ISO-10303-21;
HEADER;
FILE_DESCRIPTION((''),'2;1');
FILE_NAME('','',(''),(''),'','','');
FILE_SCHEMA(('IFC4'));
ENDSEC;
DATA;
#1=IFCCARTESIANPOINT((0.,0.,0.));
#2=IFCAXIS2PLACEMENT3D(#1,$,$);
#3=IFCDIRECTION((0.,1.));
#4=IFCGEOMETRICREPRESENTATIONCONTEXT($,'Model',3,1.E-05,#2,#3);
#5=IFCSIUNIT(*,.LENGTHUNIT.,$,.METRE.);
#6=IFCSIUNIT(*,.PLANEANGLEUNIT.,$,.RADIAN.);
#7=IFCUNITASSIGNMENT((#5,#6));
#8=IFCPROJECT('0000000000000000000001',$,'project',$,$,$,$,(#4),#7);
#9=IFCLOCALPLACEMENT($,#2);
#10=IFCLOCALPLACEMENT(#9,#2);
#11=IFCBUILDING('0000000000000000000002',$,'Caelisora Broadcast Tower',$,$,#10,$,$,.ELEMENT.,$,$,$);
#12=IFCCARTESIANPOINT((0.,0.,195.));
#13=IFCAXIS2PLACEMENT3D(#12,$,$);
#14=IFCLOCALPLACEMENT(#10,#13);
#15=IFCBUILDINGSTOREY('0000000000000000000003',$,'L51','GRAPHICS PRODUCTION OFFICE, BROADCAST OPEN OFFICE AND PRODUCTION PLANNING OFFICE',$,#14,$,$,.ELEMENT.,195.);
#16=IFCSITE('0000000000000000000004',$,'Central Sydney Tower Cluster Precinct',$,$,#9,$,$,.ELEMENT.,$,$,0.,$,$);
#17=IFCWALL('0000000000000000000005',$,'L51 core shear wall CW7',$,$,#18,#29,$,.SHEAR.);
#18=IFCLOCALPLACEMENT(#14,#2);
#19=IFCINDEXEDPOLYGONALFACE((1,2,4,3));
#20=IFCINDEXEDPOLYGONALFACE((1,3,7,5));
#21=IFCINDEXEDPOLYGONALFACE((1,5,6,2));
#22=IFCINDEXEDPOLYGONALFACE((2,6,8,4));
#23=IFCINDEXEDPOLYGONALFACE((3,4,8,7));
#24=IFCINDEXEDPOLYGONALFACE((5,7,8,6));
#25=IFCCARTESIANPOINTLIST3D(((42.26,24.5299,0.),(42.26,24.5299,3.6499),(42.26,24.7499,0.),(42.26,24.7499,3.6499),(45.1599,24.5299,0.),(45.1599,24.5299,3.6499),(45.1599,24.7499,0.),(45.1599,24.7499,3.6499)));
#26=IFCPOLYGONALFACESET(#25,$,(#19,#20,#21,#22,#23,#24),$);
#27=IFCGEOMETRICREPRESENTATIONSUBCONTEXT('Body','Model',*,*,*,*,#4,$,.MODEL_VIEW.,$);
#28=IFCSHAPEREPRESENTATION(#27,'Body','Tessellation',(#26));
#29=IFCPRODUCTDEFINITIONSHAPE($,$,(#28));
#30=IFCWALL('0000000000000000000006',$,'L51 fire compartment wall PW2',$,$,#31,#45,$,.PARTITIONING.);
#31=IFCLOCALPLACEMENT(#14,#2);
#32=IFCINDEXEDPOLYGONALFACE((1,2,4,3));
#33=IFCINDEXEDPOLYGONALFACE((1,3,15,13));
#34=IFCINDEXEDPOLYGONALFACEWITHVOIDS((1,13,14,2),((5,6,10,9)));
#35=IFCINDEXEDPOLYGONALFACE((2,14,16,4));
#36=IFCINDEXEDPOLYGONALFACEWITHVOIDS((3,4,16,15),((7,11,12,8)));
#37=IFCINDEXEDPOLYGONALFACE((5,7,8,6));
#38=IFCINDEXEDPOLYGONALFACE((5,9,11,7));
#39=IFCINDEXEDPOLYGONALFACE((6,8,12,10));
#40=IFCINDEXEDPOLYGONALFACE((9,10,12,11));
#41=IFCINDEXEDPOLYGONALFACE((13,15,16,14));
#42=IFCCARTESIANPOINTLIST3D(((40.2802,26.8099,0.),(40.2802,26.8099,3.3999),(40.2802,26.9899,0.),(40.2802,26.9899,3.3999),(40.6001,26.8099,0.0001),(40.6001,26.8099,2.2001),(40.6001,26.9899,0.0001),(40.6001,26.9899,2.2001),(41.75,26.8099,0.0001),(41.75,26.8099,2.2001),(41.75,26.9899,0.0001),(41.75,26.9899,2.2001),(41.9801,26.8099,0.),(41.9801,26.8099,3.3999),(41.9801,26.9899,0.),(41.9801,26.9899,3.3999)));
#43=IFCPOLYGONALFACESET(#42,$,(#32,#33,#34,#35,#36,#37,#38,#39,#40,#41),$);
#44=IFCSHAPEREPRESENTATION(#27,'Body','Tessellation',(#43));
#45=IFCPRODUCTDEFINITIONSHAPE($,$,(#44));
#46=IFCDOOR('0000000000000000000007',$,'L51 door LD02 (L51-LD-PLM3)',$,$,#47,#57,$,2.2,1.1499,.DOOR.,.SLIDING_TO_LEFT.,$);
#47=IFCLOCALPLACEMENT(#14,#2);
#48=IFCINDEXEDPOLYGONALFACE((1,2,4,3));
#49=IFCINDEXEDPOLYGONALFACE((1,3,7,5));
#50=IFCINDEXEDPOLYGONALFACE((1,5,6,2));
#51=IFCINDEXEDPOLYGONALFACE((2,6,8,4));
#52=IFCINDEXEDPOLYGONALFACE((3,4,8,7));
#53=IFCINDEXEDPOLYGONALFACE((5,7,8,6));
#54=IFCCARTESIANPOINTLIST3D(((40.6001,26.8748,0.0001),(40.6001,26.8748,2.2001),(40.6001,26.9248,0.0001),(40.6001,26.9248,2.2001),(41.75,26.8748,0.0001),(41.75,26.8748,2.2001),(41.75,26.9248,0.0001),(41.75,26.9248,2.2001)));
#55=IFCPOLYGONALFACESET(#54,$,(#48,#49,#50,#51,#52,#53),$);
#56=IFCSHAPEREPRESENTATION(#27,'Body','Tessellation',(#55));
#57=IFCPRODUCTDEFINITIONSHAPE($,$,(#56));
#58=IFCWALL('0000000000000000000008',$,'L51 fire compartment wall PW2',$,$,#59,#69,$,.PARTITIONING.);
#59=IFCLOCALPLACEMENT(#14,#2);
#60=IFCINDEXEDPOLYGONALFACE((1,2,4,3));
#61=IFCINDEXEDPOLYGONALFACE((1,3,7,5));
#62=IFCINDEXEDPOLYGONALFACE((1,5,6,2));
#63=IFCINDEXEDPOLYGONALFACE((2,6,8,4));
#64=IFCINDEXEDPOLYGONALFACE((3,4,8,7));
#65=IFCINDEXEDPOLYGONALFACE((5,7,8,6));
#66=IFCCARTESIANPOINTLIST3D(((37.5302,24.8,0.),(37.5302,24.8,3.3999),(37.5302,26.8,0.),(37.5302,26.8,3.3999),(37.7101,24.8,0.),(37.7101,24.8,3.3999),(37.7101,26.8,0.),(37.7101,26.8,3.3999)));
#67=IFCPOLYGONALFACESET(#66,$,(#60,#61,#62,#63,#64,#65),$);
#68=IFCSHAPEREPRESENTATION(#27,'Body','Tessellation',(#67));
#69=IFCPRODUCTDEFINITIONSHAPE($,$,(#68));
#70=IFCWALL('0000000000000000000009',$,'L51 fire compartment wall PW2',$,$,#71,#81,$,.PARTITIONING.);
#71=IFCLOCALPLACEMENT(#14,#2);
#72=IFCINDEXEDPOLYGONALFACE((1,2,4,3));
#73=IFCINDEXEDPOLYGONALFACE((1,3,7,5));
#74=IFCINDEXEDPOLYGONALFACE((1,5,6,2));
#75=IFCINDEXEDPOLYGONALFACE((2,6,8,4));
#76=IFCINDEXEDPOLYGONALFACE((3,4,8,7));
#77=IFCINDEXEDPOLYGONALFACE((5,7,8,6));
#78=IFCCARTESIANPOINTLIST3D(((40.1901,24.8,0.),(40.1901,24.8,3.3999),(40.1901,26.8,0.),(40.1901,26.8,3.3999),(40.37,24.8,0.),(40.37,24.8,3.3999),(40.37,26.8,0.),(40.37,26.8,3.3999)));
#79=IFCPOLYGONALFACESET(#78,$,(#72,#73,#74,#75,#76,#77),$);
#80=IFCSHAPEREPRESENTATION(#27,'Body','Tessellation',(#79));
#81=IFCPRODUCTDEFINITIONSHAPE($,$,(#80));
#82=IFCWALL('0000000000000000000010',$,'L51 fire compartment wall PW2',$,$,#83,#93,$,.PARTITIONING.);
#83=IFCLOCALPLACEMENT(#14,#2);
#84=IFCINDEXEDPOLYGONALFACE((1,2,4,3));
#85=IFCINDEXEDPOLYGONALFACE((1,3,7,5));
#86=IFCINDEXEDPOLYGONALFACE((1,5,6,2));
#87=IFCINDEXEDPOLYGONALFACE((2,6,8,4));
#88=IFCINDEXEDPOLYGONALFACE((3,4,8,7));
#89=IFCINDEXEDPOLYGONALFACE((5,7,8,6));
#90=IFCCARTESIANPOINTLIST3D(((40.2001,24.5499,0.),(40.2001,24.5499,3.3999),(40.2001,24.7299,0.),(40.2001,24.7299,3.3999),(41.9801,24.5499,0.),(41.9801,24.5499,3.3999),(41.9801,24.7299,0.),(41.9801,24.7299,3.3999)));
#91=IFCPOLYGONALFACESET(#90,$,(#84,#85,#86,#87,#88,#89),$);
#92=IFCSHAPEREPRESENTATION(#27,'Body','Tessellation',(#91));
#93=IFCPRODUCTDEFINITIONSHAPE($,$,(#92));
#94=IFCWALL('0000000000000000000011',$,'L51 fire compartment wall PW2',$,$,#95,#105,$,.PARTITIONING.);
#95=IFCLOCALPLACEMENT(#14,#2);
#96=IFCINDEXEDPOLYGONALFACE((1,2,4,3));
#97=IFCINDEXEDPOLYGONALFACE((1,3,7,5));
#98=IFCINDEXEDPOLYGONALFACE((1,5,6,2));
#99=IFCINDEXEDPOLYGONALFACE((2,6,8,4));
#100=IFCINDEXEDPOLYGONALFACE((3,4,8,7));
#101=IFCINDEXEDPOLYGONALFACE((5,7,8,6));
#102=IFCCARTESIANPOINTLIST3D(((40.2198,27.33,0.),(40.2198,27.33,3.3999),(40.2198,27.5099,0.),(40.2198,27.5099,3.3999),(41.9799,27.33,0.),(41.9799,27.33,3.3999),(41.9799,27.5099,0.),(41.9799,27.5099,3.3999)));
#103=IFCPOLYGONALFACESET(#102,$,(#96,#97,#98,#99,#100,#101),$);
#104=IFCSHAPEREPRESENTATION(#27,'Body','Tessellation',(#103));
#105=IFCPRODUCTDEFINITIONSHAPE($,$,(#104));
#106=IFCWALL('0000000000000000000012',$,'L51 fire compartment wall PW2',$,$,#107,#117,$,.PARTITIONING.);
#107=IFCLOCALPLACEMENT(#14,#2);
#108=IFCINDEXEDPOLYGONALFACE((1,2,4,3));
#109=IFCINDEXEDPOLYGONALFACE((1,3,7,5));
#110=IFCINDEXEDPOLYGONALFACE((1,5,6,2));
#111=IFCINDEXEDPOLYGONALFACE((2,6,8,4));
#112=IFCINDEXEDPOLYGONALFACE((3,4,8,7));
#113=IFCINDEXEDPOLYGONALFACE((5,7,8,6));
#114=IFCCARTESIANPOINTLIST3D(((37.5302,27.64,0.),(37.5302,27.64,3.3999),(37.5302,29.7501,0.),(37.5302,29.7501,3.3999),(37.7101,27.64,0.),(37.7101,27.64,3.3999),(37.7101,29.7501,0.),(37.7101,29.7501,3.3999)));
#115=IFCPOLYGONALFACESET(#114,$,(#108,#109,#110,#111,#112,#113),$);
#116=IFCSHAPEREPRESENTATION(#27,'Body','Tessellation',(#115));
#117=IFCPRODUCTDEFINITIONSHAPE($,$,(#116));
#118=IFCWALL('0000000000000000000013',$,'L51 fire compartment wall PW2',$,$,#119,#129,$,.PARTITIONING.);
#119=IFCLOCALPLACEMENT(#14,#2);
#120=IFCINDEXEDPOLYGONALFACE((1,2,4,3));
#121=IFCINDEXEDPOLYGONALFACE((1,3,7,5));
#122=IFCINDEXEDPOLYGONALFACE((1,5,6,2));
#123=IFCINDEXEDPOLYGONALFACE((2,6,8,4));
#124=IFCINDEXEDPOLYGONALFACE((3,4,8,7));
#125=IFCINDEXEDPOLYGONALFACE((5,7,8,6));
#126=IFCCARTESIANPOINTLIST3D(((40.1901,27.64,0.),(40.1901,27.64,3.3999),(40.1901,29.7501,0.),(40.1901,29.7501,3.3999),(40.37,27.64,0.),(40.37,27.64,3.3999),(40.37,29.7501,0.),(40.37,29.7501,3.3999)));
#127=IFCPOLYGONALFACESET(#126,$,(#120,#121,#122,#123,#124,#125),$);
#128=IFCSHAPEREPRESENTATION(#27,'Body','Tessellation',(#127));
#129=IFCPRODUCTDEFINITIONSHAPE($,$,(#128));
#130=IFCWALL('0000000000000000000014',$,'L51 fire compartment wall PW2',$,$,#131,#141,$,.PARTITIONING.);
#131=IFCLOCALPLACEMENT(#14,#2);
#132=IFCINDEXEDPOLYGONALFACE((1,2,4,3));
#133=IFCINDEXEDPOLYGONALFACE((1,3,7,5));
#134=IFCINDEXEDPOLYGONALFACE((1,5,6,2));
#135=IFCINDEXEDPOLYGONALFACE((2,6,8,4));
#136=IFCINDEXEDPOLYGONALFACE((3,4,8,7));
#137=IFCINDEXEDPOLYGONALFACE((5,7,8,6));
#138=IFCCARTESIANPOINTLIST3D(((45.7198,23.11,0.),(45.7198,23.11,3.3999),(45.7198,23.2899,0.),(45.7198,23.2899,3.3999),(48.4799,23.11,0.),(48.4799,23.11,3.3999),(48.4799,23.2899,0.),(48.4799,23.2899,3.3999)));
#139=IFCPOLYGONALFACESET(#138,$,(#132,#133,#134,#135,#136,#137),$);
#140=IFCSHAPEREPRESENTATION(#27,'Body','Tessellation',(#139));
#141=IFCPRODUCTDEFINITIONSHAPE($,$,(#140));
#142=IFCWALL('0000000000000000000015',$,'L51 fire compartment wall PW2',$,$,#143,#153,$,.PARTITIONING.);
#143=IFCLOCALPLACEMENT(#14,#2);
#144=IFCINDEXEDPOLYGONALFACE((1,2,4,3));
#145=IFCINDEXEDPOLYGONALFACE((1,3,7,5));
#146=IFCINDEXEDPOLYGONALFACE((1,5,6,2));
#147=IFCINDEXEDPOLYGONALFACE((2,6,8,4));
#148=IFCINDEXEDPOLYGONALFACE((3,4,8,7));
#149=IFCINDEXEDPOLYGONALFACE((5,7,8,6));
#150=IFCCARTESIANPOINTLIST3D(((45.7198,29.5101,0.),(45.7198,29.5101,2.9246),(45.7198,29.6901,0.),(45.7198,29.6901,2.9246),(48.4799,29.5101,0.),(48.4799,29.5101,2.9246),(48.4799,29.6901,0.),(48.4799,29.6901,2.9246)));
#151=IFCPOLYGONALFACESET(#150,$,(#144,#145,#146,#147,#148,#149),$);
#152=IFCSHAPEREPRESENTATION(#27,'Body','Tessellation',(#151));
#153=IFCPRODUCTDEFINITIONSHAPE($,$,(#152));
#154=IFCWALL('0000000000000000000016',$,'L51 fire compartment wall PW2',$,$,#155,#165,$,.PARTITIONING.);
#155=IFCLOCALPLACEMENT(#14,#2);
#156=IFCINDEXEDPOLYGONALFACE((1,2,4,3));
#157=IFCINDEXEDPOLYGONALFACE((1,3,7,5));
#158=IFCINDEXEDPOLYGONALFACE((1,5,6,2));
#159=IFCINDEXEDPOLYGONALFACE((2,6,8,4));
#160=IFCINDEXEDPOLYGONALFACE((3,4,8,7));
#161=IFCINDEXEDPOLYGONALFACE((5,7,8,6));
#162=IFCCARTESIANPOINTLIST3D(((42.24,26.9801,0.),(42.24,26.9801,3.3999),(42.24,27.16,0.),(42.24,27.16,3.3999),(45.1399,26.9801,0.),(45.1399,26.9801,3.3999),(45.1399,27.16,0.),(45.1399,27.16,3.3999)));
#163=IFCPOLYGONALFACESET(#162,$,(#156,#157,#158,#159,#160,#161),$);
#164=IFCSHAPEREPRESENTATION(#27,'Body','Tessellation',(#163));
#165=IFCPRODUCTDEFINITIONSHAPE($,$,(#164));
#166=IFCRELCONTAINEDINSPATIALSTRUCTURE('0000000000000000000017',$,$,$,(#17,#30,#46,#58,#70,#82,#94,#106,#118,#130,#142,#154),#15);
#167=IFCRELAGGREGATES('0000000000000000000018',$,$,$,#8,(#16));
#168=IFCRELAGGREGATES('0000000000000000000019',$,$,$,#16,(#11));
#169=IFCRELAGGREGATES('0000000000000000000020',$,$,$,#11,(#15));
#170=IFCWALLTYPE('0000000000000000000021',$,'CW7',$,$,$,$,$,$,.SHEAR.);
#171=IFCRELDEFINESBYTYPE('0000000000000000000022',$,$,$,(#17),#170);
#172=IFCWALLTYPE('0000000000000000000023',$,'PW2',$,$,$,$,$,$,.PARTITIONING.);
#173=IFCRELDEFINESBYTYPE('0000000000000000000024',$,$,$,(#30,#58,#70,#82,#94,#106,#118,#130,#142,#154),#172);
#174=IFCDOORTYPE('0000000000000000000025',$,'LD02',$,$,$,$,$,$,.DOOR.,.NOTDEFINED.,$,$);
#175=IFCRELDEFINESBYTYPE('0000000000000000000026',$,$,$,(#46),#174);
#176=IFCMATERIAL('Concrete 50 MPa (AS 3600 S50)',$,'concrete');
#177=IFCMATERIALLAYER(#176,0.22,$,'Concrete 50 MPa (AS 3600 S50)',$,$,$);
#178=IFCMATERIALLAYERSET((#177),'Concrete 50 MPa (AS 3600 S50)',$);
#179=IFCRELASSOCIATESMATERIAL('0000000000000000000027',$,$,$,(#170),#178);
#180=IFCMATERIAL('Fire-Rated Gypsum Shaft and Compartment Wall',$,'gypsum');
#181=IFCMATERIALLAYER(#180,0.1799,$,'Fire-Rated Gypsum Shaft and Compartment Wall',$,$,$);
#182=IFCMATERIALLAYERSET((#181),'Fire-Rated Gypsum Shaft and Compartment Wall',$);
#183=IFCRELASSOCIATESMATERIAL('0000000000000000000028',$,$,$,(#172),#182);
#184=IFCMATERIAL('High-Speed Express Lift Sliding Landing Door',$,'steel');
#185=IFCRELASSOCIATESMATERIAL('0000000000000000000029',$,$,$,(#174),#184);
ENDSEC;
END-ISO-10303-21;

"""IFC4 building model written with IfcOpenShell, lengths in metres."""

from ifc_helpers import new_model, si_unit, direction, frame, frame_2d, origin, place, context, subcontext, project, spatial, rectangle, extrude, material, layer, layer_set, type_object, element, fill, save


model = new_model("IFC4")

# Units and contexts
model_context = context("Model", 3, precision=1e-05, world=origin(), true_north=direction((0.0, 1.0)))
body_context = subcontext(model_context, "Body", "Model", "MODEL_VIEW")
ifc_project = project(units=[si_unit("LENGTHUNIT", "METRE"), si_unit("PLANEANGLEUNIT", "RADIAN")], contexts=[model_context])

# Site, building, storey
site_placement = place(None, origin())
site = spatial("IfcSite", under=ifc_project, at=site_placement, Name="Central Sydney Tower Cluster Precinct", CompositionType="ELEMENT", RefElevation=0.0)
building_placement = place(site_placement, origin())
building = spatial("IfcBuilding", under=site, at=building_placement, Name="Caelisora Broadcast Tower", CompositionType="ELEMENT")
storey_placement = place(building_placement, frame((0.0, 0.0, 195.0)))
storey = spatial("IfcBuildingStorey", under=building, at=storey_placement, Name="L51", Description="GRAPHICS PRODUCTION OFFICE, BROADCAST OPEN OFFICE AND PRODUCTION PLANNING OFFICE", CompositionType="ELEMENT", Elevation=195.0)

# Shared definitions
ifc_material_1 = material(Name="Concrete 50 MPa (AS 3600 S50)", Category="concrete")

# Wall
ifc_layer_1 = layer(ifc_material_1, 0.22, Name="Concrete 50 MPa (AS 3600 S50)")
ifc_layer_set_1 = layer_set([ifc_layer_1], Name="Concrete 50 MPa (AS 3600 S50)")
wall_type_1 = type_object("IfcWallType", Name="CW7", PredefinedType="SHEAR", material=ifc_layer_set_1)
wall_1_placement = place(storey_placement, frame((42.26, 24.6399, 0.0), z_axis=(0.0, 0.0, 1.0), x_axis=(1.0, 0.0, 0.0)))
element("IfcWall", 1, at=wall_1_placement, inside=storey, type_object=wall_type_1, Name="L51 core shear wall CW7", PredefinedType="SHEAR", context=body_context, shape_type="SweptSolid", body=[
    extrude(rectangle(XDim=2.8999, YDim=0.22, at=frame_2d((1.45, 0.0))), origin(), (0.0, 0.0, 1.0), 3.6499),
])

# Wall, opening, door
ifc_material_2 = material(Name="Fire-Rated Gypsum Shaft and Compartment Wall", Category="gypsum")
ifc_layer_2 = layer(ifc_material_2, 0.1799, Name="Fire-Rated Gypsum Shaft and Compartment Wall")
ifc_layer_set_2 = layer_set([ifc_layer_2], Name="Fire-Rated Gypsum Shaft and Compartment Wall")
wall_type_2 = type_object("IfcWallType", Name="PW2", PredefinedType="PARTITIONING", material=ifc_layer_set_2)
wall_2_placement = place(storey_placement, frame((40.28, 26.8999, 0.0), z_axis=(0.0, 0.0, 1.0), x_axis=(1.0, 0.0, 0.0)))
wall_2 = element("IfcWall", 2, at=wall_2_placement, inside=storey, type_object=wall_type_2, Name="L51 fire compartment wall PW2", PredefinedType="PARTITIONING", context=body_context, shape_type="SweptSolid", body=[
    extrude(rectangle(XDim=1.7, YDim=0.1799, at=frame_2d((0.8501, 0.0))), origin(), (0.0, 0.0, 1.0), 3.3999),
])
opening_1_placement = place(wall_2_placement, frame((0.3201, 0.0, 0.0)))
opening_1 = element("IfcOpeningElement", 3, at=opening_1_placement, cuts=wall_2, PredefinedType="OPENING", context=body_context, shape_type="SweptSolid", body=[
    extrude(rectangle(XDim=1.1499, YDim=2.2, at=frame_2d((0.575, 1.1001))), frame((0.0, 0.1021, 0.0), z_axis=(0.0, -1.0, 0.0), x_axis=(1.0, 0.0, 0.0)), (0.0, 0.0, 1.0), 0.2039),
])
ifc_material_3 = material(Name="High-Speed Express Lift Sliding Landing Door", Category="steel")
door_type_1 = type_object("IfcDoorType", Name="LD02", OperationType="NOTDEFINED", PredefinedType="DOOR", material=ifc_material_3)
door_1_placement = place(opening_1_placement, origin())
door_1 = element("IfcDoor", 4, at=door_1_placement, inside=storey, type_object=door_type_1, Name="L51 door LD02 (L51-LD-PLM3)", OperationType="SLIDING_TO_LEFT", OverallHeight=2.2, OverallWidth=1.1499, PredefinedType="DOOR", context=body_context, shape_type="SweptSolid", body=[
    extrude(rectangle(XDim=1.1499, YDim=2.2, at=frame_2d((0.575, 1.1001))), frame((0.0, 0.0249, 0.0), z_axis=(0.0, -1.0, 0.0), x_axis=(1.0, 0.0, 0.0)), (0.0, 0.0, 1.0), 0.05),
])
fill(opening_1, door_1)

# Walls
for number, where, z_axis, x_axis, name in (
    (5, (37.6201, 24.8, 0.0), (0.0, 0.0, 1.0), (0.0, 1.0, 0.0), "L51 fire compartment wall PW2"),
    (6, (40.28, 24.8, 0.0), (0.0, 0.0, 1.0), (0.0, 1.0, 0.0), "L51 fire compartment wall PW2"),
):
    element("IfcWall", number, at=place(storey_placement, frame(where, z_axis=z_axis, x_axis=x_axis)), inside=storey, type_object=wall_type_2, Name=name, PredefinedType="PARTITIONING", context=body_context, shape_type="SweptSolid", body=[
        extrude(rectangle(XDim=2.0, YDim=0.1799, at=frame_2d((1.0, 0.0))), origin(), (0.0, 0.0, 1.0), 3.3999),
    ])
wall_3_placement = place(storey_placement, frame((40.2, 24.6399, 0.0), z_axis=(0.0, 0.0, 1.0), x_axis=(1.0, 0.0, 0.0)))
element("IfcWall", 7, at=wall_3_placement, inside=storey, type_object=wall_type_2, Name="L51 fire compartment wall PW2", PredefinedType="PARTITIONING", context=body_context, shape_type="SweptSolid", body=[
    extrude(rectangle(XDim=1.78, YDim=0.1799, at=frame_2d((0.8901, 0.0))), origin(), (0.0, 0.0, 1.0), 3.3999),
])
wall_4_placement = place(storey_placement, frame((40.22, 27.4199, 0.0), z_axis=(0.0, 0.0, 1.0), x_axis=(1.0, 0.0, 0.0)))
element("IfcWall", 8, at=wall_4_placement, inside=storey, type_object=wall_type_2, Name="L51 fire compartment wall PW2", PredefinedType="PARTITIONING", context=body_context, shape_type="SweptSolid", body=[
    extrude(rectangle(XDim=1.76, YDim=0.1799, at=frame_2d((0.8799, 0.0))), origin(), (0.0, 0.0, 1.0), 3.3999),
])
for number, where, z_axis, x_axis, name in (
    (9, (37.6201, 27.6399, 0.0), (0.0, 0.0, 1.0), (0.0, 1.0, 0.0), "L51 fire compartment wall PW2"),
    (10, (40.28, 27.6399, 0.0), (0.0, 0.0, 1.0), (0.0, 1.0, 0.0), "L51 fire compartment wall PW2"),
):
    element("IfcWall", number, at=place(storey_placement, frame(where, z_axis=z_axis, x_axis=x_axis)), inside=storey, type_object=wall_type_2, Name=name, PredefinedType="PARTITIONING", context=body_context, shape_type="SweptSolid", body=[
        extrude(rectangle(XDim=2.1101, YDim=0.1799, at=frame_2d((1.0552, 0.0))), origin(), (0.0, 0.0, 1.0), 3.3999),
    ])
wall_5_placement = place(storey_placement, frame((45.72, 23.2, 0.0), z_axis=(0.0, 0.0, 1.0), x_axis=(1.0, 0.0, 0.0)))
element("IfcWall", 11, at=wall_5_placement, inside=storey, type_object=wall_type_2, Name="L51 fire compartment wall PW2", PredefinedType="PARTITIONING", context=body_context, shape_type="SweptSolid", body=[
    extrude(rectangle(XDim=2.76, YDim=0.1799, at=frame_2d((1.3799, 0.0))), origin(), (0.0, 0.0, 1.0), 3.3999),
])
wall_6_placement = place(storey_placement, frame((45.72, 29.6001, 0.0), z_axis=(0.0, 0.0, 1.0), x_axis=(1.0, 0.0, 0.0)))
element("IfcWall", 12, at=wall_6_placement, inside=storey, type_object=wall_type_2, Name="L51 fire compartment wall PW2", PredefinedType="PARTITIONING", context=body_context, shape_type="SweptSolid", body=[
    extrude(rectangle(XDim=2.76, YDim=0.1799, at=frame_2d((1.3799, 0.0))), origin(), (0.0, 0.0, 1.0), 2.9246),
])
wall_7_placement = place(storey_placement, frame((42.24, 27.0701, 0.0), z_axis=(0.0, 0.0, 1.0), x_axis=(1.0, 0.0, 0.0)))
element("IfcWall", 13, at=wall_7_placement, inside=storey, type_object=wall_type_2, Name="L51 fire compartment wall PW2", PredefinedType="PARTITIONING", context=body_context, shape_type="SweptSolid", body=[
    extrude(rectangle(XDim=2.8999, YDim=0.1799, at=frame_2d((1.45, 0.0))), origin(), (0.0, 0.0, 1.0), 3.3999),
])

save(model, "model.ifc")
